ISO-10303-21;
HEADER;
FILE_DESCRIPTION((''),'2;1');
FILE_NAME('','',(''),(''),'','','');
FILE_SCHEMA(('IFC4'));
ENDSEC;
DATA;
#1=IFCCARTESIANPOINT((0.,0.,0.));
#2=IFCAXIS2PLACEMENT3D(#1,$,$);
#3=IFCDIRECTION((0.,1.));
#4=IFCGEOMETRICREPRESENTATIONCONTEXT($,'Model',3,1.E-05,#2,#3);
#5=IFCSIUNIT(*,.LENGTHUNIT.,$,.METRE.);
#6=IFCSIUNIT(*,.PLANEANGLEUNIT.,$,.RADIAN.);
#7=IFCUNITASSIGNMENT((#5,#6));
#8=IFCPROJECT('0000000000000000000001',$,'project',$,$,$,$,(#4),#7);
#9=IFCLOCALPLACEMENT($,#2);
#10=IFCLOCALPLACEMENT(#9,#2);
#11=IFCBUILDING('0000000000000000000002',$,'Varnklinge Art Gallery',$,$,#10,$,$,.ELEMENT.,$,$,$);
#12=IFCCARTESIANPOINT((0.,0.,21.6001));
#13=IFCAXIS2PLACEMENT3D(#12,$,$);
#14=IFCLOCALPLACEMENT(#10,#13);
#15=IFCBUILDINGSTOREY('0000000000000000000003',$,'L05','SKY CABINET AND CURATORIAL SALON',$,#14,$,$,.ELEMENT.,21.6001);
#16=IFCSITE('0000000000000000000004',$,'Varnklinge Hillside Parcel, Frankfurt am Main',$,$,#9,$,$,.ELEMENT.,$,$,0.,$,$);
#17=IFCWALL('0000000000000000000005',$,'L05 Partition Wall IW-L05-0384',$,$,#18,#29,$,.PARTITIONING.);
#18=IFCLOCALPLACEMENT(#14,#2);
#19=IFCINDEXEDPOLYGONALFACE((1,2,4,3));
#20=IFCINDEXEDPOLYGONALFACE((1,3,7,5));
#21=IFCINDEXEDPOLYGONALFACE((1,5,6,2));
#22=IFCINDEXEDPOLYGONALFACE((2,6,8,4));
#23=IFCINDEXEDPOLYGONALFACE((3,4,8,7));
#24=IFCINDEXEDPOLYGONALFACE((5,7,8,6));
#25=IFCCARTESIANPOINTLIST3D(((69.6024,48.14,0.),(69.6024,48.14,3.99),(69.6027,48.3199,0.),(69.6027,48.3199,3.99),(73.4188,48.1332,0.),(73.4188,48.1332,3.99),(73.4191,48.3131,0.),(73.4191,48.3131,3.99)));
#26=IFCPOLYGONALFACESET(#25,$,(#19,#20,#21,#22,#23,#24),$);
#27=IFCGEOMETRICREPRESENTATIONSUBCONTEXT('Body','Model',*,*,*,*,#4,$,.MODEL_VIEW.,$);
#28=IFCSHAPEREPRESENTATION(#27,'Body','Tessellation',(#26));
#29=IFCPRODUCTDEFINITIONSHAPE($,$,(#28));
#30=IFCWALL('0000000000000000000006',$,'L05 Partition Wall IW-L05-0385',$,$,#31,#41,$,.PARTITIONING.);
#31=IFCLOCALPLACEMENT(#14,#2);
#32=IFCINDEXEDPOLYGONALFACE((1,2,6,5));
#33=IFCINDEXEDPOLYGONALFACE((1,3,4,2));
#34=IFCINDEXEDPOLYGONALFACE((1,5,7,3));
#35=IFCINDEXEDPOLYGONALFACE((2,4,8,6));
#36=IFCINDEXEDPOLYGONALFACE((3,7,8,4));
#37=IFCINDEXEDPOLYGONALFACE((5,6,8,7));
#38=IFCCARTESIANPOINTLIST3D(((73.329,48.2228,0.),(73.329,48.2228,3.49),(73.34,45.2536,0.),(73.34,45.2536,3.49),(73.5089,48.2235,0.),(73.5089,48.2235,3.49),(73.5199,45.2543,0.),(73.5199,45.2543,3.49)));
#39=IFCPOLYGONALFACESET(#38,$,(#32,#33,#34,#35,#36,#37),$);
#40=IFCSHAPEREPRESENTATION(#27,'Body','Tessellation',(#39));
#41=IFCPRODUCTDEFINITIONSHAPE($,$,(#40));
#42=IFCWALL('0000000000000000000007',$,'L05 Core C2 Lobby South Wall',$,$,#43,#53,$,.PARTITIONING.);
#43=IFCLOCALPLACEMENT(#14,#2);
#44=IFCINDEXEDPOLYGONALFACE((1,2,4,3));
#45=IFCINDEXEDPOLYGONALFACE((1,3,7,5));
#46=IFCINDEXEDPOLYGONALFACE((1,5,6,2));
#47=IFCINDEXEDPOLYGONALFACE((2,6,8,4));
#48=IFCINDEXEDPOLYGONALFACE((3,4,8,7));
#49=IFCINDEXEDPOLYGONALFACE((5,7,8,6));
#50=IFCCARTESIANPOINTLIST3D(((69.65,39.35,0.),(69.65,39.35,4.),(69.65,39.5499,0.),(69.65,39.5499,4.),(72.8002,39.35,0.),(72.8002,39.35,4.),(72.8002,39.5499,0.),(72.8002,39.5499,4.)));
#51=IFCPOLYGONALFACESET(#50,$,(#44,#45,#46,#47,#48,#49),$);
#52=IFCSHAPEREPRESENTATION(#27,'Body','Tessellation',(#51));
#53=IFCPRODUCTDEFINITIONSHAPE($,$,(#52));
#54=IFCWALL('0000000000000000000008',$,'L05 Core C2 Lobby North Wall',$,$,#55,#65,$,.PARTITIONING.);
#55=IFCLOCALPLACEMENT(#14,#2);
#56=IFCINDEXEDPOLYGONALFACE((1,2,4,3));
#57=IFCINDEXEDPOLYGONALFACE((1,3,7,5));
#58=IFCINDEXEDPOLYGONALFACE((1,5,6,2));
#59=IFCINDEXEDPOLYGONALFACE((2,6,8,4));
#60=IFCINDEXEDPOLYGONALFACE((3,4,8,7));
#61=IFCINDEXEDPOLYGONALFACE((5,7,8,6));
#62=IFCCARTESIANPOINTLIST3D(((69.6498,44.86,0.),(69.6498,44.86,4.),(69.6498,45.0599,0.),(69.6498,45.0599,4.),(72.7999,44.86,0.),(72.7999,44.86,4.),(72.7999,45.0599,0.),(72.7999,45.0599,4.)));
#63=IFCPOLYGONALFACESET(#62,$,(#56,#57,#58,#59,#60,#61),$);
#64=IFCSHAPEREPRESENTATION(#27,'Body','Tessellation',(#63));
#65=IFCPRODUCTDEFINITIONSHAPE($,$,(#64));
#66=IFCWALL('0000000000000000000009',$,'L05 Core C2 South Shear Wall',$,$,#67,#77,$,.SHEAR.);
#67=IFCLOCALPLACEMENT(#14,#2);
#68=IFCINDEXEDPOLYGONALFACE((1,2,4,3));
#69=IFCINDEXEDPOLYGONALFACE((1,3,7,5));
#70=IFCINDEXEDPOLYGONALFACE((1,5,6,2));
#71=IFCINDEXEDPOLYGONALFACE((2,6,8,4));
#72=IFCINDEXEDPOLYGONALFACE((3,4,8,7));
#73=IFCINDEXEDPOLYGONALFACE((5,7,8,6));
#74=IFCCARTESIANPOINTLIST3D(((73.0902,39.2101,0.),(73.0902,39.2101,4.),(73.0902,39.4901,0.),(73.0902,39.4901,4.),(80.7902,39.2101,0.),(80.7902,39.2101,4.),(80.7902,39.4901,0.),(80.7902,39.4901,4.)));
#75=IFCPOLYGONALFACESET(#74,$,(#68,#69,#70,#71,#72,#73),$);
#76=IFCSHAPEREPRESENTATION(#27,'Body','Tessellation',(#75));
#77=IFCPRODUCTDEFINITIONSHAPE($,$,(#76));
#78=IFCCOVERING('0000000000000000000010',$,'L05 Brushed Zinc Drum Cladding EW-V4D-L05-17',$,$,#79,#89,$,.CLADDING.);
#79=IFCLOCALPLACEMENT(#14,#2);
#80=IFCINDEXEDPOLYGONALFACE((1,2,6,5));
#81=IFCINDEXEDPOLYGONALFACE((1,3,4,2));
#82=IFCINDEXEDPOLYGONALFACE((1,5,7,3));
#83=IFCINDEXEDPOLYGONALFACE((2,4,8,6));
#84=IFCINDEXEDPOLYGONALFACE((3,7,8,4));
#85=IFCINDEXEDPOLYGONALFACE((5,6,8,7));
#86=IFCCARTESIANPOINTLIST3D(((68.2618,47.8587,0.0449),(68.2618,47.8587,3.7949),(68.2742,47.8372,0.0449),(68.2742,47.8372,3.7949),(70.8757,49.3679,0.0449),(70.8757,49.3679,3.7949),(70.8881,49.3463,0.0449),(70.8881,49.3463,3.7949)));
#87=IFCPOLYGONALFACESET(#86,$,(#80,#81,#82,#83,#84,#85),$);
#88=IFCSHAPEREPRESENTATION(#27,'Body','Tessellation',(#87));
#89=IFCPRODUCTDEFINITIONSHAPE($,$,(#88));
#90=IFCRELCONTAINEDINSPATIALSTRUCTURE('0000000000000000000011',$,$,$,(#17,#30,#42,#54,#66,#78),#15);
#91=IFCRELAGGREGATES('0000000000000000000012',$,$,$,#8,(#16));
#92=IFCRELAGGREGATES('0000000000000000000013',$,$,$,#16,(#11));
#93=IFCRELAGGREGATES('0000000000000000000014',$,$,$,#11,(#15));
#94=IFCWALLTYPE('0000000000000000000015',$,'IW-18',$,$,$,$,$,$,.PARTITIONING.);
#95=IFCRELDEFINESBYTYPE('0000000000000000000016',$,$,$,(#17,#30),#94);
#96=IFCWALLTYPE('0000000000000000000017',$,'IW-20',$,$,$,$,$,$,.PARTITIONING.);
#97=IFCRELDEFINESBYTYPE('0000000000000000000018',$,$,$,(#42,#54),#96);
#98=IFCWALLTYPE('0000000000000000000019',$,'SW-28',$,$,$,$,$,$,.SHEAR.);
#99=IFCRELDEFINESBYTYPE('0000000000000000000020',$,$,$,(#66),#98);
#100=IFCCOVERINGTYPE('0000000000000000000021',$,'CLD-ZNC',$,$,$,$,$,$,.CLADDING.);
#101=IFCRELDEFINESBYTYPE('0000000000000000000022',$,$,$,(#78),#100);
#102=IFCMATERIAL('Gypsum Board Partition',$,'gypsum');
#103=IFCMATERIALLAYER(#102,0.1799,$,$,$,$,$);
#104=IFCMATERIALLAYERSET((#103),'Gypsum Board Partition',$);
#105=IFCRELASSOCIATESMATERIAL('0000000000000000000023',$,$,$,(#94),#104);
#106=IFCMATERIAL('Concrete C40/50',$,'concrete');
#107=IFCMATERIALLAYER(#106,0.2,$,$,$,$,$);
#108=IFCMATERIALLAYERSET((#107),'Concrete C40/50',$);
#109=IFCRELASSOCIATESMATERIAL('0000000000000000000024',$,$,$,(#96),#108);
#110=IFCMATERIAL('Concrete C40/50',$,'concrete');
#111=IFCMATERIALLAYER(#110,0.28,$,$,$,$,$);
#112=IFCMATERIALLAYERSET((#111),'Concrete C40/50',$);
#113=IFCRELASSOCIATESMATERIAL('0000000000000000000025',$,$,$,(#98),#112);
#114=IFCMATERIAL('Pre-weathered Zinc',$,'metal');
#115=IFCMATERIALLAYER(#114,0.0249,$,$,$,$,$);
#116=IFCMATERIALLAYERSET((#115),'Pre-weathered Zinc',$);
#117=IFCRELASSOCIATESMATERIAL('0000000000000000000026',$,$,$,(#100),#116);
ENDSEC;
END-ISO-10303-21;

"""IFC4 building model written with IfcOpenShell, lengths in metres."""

from ifc_helpers import new_model, si_unit, direction, frame, frame_2d, origin, origin_2d, place, context, subcontext, project, spatial, rectangle, extrude, material, layer, layer_set, type_object, element, save


model = new_model("IFC4")

# Units and contexts
model_context = context("Model", 3, precision=1e-05, world=origin(), true_north=direction((0.0, 1.0)))
body_context = subcontext(model_context, "Body", "Model", "MODEL_VIEW")
ifc_project = project(units=[si_unit("LENGTHUNIT", "METRE"), si_unit("PLANEANGLEUNIT", "RADIAN")], contexts=[model_context])

# Site, building, storey
site_placement = place(None, origin())
site = spatial("IfcSite", under=ifc_project, at=site_placement, Name="Varnklinge Hillside Parcel, Frankfurt am Main", CompositionType="ELEMENT", RefElevation=0.0)
building_placement = place(site_placement, origin())
building = spatial("IfcBuilding", under=site, at=building_placement, Name="Varnklinge Art Gallery", CompositionType="ELEMENT")
storey_placement = place(building_placement, frame((0.0, 0.0, 21.6001)))
storey = spatial("IfcBuildingStorey", under=building, at=storey_placement, Name="L05", Description="SKY CABINET AND CURATORIAL SALON", CompositionType="ELEMENT", Elevation=21.6001)

# Shared definitions
ifc_material_1 = material(Name="Gypsum Board Partition", Category="gypsum")
ifc_layer_1 = layer(ifc_material_1, 0.1799)
ifc_layer_set_1 = layer_set([ifc_layer_1], Name="Gypsum Board Partition")
wall_type_1 = type_object("IfcWallType", Name="IW-18", PredefinedType="PARTITIONING", material=ifc_layer_set_1)

# Walls
wall_1_placement = place(storey_placement, frame((69.6025, 48.23, 0.0), z_axis=(0.0, 0.0, 1.0), x_axis=(0.999998, -0.001791, 0.0)))
element("IfcWall", 1, at=wall_1_placement, inside=storey, type_object=wall_type_1, Name="L05 Partition Wall IW-L05-0384", PredefinedType="PARTITIONING", context=body_context, shape_type="SweptSolid", body=[
    extrude(rectangle(XDim=3.8164, YDim=0.1799, at=frame_2d((1.9082, 0.0))), origin(), (0.0, 0.0, 1.0), 3.99),
])
wall_2_placement = place(storey_placement, frame((73.4189, 48.2231, 0.0), z_axis=(0.0, 0.0, 1.0), x_axis=(0.0037, -0.999993, 0.0)))
element("IfcWall", 2, at=wall_2_placement, inside=storey, type_object=wall_type_1, Name="L05 Partition Wall IW-L05-0385", PredefinedType="PARTITIONING", context=body_context, shape_type="SweptSolid", body=[
    extrude(rectangle(XDim=2.9692, YDim=0.1799, at=frame_2d((1.4846, 0.0))), origin(), (0.0, 0.0, 1.0), 3.49),
])
ifc_material_2 = material(Name="Concrete C40/50", Category="concrete")
ifc_layer_2 = layer(ifc_material_2, 0.2)
ifc_layer_set_2 = layer_set([ifc_layer_2], Name="Concrete C40/50")
wall_type_2 = type_object("IfcWallType", Name="IW-20", PredefinedType="PARTITIONING", material=ifc_layer_set_2)
for number, where, z_axis, x_axis, name in (
    (3, (69.6499, 39.45, 0.0), (0.0, 0.0, 1.0), (1.0, 0.0, 0.0), "L05 Core C2 Lobby South Wall"),
    (4, (72.8, 44.96, 0.0), (0.0, 0.0, 1.0), (-1.0, 0.0, 0.0), "L05 Core C2 Lobby North Wall"),
):
    element("IfcWall", number, at=place(storey_placement, frame(where, z_axis=z_axis, x_axis=x_axis)), inside=storey, type_object=wall_type_2, Name=name, PredefinedType="PARTITIONING", context=body_context, shape_type="SweptSolid", body=[
        extrude(rectangle(XDim=3.1501, YDim=0.2, at=frame_2d((1.5752, 0.0))), origin(), (0.0, 0.0, 1.0), 4.0),
    ])

# Wall
ifc_material_3 = material(Name="Concrete C40/50", Category="concrete")
ifc_layer_3 = layer(ifc_material_3, 0.28)
ifc_layer_set_3 = layer_set([ifc_layer_3], Name="Concrete C40/50")
wall_type_3 = type_object("IfcWallType", Name="SW-28", PredefinedType="SHEAR", material=ifc_layer_set_3)
wall_3_placement = place(storey_placement, frame((73.0901, 39.3501, 0.0), z_axis=(0.0, 0.0, 1.0), x_axis=(1.0, 0.0, 0.0)))
element("IfcWall", 5, at=wall_3_placement, inside=storey, type_object=wall_type_3, Name="L05 Core C2 South Shear Wall", PredefinedType="SHEAR", context=body_context, shape_type="SweptSolid", body=[
    extrude(rectangle(XDim=7.7, YDim=0.28, at=frame_2d((3.8501, 0.0))), origin(), (0.0, 0.0, 1.0), 4.0),
])

# Covering
ifc_material_4 = material(Name="Pre-weathered Zinc", Category="metal")
ifc_layer_4 = layer(ifc_material_4, 0.0249)
ifc_layer_set_4 = layer_set([ifc_layer_4], Name="Pre-weathered Zinc")
covering_type = type_object("IfcCoveringType", Name="CLD-ZNC", PredefinedType="CLADDING", material=ifc_layer_set_4)
covering_placement = place(storey_placement, frame((69.575, 48.6025, 0.0449), z_axis=(0.0, 0.0, 1.0), x_axis=(0.866025, 0.5, 0.0)))
element("IfcCovering", 6, at=covering_placement, inside=storey, type_object=covering_type, Name="L05 Brushed Zinc Drum Cladding EW-V4D-L05-17", PredefinedType="CLADDING", context=body_context, shape_type="SweptSolid", body=[
    extrude(rectangle(XDim=3.0183, YDim=0.0249, at=origin_2d()), origin(), (0.0, 0.0, 1.0), 3.75),
])

save(model, "model.ifc")
